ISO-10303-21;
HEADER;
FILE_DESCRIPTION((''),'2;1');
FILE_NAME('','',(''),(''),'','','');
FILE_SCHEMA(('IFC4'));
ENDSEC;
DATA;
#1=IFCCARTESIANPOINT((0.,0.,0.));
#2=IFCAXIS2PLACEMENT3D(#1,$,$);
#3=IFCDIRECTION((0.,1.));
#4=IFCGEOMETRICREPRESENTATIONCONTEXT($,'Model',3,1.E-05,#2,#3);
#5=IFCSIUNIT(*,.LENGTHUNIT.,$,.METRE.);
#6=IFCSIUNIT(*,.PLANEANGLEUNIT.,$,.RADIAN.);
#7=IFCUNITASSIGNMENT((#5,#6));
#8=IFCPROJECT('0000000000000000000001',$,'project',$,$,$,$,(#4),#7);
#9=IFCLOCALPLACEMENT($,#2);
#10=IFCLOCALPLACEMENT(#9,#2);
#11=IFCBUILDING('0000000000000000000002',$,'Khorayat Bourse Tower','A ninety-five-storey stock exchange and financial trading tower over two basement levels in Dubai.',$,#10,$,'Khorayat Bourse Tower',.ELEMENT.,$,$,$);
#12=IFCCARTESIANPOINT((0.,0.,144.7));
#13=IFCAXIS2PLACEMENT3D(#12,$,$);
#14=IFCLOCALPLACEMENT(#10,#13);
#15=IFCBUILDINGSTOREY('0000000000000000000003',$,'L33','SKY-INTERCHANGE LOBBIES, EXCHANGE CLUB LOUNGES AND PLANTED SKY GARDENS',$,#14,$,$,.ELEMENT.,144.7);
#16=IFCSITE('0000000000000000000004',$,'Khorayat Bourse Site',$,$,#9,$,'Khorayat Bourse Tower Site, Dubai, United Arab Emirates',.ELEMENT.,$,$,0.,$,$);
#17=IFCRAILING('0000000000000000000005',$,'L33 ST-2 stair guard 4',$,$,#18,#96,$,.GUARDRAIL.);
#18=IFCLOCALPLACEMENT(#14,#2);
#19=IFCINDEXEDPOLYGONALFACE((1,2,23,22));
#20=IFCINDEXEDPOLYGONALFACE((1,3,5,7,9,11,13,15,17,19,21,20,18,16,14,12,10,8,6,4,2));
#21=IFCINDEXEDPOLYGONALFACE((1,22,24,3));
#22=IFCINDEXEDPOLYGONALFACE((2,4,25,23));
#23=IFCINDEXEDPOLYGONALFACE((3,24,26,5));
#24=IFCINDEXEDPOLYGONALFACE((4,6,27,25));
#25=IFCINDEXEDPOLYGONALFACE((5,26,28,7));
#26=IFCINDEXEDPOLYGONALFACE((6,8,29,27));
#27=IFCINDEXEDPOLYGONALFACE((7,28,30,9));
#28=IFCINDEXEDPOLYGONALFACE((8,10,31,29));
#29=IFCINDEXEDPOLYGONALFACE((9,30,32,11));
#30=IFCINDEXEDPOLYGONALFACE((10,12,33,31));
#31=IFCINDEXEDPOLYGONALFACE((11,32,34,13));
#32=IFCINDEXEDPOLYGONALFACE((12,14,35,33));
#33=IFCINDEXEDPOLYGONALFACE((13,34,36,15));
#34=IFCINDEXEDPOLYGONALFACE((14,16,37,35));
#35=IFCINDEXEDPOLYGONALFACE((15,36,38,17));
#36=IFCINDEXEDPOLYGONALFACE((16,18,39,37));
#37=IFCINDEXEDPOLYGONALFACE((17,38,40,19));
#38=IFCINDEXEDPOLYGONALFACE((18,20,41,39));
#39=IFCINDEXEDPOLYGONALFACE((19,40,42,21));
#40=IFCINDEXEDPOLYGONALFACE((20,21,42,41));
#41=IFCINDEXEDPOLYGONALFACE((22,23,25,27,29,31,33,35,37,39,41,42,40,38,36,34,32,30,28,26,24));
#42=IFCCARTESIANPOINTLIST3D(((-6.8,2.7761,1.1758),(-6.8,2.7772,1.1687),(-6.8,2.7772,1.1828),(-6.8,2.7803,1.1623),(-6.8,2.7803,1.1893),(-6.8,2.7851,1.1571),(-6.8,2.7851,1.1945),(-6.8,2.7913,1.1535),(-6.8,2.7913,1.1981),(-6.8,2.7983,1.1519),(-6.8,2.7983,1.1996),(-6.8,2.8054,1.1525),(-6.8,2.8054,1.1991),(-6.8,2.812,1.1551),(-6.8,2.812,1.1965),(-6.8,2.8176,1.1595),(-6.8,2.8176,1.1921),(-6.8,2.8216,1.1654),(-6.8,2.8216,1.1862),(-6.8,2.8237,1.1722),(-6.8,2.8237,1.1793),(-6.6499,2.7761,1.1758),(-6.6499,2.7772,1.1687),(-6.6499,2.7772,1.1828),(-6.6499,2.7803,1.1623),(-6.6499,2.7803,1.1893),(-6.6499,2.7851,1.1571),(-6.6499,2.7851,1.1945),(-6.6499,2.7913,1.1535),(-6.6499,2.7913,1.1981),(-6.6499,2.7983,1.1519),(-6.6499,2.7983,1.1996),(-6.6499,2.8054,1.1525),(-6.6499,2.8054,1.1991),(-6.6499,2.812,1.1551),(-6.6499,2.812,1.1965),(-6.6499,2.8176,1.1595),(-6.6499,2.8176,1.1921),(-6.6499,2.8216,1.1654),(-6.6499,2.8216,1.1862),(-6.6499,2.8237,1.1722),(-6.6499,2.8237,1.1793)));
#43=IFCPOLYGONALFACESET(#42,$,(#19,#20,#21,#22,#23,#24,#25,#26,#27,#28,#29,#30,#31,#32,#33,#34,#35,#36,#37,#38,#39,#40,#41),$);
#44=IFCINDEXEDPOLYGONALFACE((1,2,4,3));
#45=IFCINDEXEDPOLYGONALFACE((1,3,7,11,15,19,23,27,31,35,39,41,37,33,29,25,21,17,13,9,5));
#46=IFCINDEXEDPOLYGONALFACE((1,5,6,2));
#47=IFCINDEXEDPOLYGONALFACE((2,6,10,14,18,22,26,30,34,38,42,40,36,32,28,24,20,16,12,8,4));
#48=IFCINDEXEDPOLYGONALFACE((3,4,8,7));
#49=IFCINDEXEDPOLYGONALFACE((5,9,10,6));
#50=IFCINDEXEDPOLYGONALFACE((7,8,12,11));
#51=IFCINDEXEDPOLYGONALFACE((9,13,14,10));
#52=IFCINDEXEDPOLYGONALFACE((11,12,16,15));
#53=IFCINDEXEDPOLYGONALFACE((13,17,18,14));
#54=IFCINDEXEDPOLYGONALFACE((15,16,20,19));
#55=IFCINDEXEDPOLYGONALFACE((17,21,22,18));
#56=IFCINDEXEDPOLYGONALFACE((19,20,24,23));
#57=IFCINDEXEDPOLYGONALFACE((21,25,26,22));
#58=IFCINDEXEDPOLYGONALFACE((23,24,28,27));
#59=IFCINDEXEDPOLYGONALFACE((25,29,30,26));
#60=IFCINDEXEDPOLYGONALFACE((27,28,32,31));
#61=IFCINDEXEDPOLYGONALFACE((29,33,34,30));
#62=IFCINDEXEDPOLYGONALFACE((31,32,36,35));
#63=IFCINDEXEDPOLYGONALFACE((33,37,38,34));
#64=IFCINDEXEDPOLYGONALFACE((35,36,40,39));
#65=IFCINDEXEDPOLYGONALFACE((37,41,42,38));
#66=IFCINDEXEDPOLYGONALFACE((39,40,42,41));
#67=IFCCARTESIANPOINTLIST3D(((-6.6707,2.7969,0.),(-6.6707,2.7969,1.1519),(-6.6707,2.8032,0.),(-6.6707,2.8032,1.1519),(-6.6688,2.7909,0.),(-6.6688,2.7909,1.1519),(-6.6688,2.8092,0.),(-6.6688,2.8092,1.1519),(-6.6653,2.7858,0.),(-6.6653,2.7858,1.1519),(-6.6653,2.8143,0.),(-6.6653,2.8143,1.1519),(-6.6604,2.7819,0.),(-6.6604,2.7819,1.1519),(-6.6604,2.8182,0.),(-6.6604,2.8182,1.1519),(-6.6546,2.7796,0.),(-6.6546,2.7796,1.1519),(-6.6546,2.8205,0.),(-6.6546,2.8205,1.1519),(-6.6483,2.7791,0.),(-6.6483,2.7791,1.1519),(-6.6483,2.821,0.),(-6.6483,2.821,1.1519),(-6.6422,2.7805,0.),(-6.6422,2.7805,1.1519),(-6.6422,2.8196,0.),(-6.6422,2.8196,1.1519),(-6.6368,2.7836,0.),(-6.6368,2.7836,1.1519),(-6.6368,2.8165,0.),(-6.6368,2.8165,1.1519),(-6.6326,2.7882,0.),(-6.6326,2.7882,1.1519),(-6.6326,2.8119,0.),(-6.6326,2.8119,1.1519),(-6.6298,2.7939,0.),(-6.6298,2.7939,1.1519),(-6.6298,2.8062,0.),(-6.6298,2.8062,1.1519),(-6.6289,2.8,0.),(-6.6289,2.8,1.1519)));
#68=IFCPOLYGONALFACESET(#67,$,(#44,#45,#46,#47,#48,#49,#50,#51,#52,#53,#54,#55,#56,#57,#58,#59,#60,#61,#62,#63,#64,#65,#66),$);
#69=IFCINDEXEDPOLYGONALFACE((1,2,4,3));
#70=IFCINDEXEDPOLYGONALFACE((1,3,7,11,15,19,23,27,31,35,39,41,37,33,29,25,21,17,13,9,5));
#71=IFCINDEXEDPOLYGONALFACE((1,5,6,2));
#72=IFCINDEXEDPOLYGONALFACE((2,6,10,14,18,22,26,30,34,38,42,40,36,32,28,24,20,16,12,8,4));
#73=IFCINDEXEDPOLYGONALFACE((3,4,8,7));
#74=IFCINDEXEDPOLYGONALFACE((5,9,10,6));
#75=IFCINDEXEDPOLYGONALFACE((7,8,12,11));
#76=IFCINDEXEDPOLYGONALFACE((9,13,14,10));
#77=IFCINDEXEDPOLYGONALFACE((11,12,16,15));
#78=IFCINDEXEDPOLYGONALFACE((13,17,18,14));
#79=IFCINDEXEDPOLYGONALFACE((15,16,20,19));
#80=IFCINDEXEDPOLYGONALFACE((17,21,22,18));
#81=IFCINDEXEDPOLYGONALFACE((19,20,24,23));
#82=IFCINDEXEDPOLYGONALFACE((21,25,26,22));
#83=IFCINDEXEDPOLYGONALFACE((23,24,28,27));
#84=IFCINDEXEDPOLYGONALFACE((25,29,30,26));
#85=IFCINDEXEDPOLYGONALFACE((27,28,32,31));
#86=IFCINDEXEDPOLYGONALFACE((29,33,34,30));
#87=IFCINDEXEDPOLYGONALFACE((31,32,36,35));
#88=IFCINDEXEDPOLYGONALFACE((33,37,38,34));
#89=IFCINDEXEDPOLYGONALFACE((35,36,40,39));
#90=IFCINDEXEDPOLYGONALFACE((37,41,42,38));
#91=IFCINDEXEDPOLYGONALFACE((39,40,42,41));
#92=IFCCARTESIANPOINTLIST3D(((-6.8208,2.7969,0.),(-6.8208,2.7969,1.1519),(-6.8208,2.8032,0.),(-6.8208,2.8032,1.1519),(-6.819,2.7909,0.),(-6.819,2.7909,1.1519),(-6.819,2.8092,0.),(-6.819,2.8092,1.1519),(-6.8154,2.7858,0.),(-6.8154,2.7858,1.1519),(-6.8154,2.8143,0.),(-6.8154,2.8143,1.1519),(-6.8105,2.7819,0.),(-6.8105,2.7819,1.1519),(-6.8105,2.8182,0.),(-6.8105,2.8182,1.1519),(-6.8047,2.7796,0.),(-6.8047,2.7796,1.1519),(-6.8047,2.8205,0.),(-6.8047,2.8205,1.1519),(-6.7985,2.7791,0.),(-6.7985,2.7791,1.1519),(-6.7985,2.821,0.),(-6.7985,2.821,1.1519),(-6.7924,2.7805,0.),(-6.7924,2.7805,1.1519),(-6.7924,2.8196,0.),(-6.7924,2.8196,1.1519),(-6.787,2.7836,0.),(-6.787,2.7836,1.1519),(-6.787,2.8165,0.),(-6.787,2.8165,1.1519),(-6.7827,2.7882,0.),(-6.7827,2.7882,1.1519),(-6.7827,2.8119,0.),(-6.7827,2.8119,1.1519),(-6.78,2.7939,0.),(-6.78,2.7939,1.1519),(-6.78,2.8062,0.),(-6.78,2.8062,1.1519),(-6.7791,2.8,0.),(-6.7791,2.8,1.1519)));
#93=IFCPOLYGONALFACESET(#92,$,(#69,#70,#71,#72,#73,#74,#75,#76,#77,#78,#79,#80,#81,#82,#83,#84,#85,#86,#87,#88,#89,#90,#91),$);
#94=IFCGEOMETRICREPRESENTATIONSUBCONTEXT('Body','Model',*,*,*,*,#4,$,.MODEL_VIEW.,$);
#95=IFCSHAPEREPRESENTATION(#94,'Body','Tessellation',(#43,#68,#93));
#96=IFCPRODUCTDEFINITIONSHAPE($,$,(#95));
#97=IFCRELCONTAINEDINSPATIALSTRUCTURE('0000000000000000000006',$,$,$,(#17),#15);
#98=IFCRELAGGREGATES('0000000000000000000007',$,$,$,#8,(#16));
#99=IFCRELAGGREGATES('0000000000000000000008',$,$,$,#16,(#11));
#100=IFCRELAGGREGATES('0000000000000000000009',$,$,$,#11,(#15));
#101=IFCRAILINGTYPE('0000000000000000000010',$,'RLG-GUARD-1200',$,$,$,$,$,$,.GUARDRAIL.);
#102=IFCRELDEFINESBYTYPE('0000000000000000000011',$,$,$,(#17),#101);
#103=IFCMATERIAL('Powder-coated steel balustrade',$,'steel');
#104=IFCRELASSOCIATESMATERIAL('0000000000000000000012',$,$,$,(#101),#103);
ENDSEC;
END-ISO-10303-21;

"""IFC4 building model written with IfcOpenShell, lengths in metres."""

from ifc_helpers import new_model, si_unit, direction, frame, origin, origin_2d, place, context, subcontext, project, spatial, circle, extrude, source, transform, mapped, material, type_object, element, save


model = new_model("IFC4")

# Units and contexts
model_context = context("Model", 3, precision=1e-05, world=origin(), true_north=direction((0.0, 1.0)))
body_context = subcontext(model_context, "Body", "Model", "MODEL_VIEW")
ifc_project = project(units=[si_unit("LENGTHUNIT", "METRE"), si_unit("PLANEANGLEUNIT", "RADIAN")], contexts=[model_context])

# Site, building, storey
site_placement = place(None, origin())
site = spatial("IfcSite", under=ifc_project, at=site_placement, Name="Khorayat Bourse Site", LongName="Khorayat Bourse Tower Site, Dubai, United Arab Emirates", CompositionType="ELEMENT", RefElevation=0.0)
building_placement = place(site_placement, origin())
building = spatial("IfcBuilding", under=site, at=building_placement, Name="Khorayat Bourse Tower", Description="A ninety-five-storey stock exchange and financial trading tower over two basement levels in Dubai.", LongName="Khorayat Bourse Tower", CompositionType="ELEMENT")
storey_placement = place(building_placement, frame((0.0, 0.0, 144.7)))
storey = spatial("IfcBuildingStorey", under=building, at=storey_placement, Name="L33", Description="SKY-INTERCHANGE LOBBIES, EXCHANGE CLUB LOUNGES AND PLANTED SKY GARDENS", CompositionType="ELEMENT", Elevation=144.7)

# Railing
ifc_material_1 = material(Name="Powder-coated steel balustrade", Category="steel")
railing_type_1 = type_object("IfcRailingType", Name="RLG-GUARD-1200", PredefinedType="GUARDRAIL", material=ifc_material_1)
shared_shape_1 = source(origin(), body_context, "Body", "SweptSolid", [
    extrude(circle(Radius=0.0239, at=origin_2d()), frame((0.0, 0.0, 1.1758), z_axis=(-1.0, 0.0, 0.0), x_axis=(0.0, -1.0, 0.0)), (0.0, 0.0, 1.0), 0.1501),
    extrude(circle(Radius=0.021, at=origin_2d()), origin(), (0.0, 0.0, 1.0), 1.1519),
    extrude(circle(Radius=0.021, at=origin_2d()), frame((-0.1501, 0.0, 0.0)), (0.0, 0.0, 1.0), 1.1519),
])
for number, where, name in (
    (1, (-6.6499, 2.8, 0.0), "L33 ST-2 stair guard 4"),
):
    element("IfcRailing", number, at=place(storey_placement, frame(where)), inside=storey, type_object=railing_type_1, Name=name, PredefinedType="GUARDRAIL", context=body_context, shape_type="MappedRepresentation", body=[
        mapped(shared_shape_1, transform((0.0, 0.0, 0.0), scale=1.0)),
    ])

save(model, "model.ifc")
